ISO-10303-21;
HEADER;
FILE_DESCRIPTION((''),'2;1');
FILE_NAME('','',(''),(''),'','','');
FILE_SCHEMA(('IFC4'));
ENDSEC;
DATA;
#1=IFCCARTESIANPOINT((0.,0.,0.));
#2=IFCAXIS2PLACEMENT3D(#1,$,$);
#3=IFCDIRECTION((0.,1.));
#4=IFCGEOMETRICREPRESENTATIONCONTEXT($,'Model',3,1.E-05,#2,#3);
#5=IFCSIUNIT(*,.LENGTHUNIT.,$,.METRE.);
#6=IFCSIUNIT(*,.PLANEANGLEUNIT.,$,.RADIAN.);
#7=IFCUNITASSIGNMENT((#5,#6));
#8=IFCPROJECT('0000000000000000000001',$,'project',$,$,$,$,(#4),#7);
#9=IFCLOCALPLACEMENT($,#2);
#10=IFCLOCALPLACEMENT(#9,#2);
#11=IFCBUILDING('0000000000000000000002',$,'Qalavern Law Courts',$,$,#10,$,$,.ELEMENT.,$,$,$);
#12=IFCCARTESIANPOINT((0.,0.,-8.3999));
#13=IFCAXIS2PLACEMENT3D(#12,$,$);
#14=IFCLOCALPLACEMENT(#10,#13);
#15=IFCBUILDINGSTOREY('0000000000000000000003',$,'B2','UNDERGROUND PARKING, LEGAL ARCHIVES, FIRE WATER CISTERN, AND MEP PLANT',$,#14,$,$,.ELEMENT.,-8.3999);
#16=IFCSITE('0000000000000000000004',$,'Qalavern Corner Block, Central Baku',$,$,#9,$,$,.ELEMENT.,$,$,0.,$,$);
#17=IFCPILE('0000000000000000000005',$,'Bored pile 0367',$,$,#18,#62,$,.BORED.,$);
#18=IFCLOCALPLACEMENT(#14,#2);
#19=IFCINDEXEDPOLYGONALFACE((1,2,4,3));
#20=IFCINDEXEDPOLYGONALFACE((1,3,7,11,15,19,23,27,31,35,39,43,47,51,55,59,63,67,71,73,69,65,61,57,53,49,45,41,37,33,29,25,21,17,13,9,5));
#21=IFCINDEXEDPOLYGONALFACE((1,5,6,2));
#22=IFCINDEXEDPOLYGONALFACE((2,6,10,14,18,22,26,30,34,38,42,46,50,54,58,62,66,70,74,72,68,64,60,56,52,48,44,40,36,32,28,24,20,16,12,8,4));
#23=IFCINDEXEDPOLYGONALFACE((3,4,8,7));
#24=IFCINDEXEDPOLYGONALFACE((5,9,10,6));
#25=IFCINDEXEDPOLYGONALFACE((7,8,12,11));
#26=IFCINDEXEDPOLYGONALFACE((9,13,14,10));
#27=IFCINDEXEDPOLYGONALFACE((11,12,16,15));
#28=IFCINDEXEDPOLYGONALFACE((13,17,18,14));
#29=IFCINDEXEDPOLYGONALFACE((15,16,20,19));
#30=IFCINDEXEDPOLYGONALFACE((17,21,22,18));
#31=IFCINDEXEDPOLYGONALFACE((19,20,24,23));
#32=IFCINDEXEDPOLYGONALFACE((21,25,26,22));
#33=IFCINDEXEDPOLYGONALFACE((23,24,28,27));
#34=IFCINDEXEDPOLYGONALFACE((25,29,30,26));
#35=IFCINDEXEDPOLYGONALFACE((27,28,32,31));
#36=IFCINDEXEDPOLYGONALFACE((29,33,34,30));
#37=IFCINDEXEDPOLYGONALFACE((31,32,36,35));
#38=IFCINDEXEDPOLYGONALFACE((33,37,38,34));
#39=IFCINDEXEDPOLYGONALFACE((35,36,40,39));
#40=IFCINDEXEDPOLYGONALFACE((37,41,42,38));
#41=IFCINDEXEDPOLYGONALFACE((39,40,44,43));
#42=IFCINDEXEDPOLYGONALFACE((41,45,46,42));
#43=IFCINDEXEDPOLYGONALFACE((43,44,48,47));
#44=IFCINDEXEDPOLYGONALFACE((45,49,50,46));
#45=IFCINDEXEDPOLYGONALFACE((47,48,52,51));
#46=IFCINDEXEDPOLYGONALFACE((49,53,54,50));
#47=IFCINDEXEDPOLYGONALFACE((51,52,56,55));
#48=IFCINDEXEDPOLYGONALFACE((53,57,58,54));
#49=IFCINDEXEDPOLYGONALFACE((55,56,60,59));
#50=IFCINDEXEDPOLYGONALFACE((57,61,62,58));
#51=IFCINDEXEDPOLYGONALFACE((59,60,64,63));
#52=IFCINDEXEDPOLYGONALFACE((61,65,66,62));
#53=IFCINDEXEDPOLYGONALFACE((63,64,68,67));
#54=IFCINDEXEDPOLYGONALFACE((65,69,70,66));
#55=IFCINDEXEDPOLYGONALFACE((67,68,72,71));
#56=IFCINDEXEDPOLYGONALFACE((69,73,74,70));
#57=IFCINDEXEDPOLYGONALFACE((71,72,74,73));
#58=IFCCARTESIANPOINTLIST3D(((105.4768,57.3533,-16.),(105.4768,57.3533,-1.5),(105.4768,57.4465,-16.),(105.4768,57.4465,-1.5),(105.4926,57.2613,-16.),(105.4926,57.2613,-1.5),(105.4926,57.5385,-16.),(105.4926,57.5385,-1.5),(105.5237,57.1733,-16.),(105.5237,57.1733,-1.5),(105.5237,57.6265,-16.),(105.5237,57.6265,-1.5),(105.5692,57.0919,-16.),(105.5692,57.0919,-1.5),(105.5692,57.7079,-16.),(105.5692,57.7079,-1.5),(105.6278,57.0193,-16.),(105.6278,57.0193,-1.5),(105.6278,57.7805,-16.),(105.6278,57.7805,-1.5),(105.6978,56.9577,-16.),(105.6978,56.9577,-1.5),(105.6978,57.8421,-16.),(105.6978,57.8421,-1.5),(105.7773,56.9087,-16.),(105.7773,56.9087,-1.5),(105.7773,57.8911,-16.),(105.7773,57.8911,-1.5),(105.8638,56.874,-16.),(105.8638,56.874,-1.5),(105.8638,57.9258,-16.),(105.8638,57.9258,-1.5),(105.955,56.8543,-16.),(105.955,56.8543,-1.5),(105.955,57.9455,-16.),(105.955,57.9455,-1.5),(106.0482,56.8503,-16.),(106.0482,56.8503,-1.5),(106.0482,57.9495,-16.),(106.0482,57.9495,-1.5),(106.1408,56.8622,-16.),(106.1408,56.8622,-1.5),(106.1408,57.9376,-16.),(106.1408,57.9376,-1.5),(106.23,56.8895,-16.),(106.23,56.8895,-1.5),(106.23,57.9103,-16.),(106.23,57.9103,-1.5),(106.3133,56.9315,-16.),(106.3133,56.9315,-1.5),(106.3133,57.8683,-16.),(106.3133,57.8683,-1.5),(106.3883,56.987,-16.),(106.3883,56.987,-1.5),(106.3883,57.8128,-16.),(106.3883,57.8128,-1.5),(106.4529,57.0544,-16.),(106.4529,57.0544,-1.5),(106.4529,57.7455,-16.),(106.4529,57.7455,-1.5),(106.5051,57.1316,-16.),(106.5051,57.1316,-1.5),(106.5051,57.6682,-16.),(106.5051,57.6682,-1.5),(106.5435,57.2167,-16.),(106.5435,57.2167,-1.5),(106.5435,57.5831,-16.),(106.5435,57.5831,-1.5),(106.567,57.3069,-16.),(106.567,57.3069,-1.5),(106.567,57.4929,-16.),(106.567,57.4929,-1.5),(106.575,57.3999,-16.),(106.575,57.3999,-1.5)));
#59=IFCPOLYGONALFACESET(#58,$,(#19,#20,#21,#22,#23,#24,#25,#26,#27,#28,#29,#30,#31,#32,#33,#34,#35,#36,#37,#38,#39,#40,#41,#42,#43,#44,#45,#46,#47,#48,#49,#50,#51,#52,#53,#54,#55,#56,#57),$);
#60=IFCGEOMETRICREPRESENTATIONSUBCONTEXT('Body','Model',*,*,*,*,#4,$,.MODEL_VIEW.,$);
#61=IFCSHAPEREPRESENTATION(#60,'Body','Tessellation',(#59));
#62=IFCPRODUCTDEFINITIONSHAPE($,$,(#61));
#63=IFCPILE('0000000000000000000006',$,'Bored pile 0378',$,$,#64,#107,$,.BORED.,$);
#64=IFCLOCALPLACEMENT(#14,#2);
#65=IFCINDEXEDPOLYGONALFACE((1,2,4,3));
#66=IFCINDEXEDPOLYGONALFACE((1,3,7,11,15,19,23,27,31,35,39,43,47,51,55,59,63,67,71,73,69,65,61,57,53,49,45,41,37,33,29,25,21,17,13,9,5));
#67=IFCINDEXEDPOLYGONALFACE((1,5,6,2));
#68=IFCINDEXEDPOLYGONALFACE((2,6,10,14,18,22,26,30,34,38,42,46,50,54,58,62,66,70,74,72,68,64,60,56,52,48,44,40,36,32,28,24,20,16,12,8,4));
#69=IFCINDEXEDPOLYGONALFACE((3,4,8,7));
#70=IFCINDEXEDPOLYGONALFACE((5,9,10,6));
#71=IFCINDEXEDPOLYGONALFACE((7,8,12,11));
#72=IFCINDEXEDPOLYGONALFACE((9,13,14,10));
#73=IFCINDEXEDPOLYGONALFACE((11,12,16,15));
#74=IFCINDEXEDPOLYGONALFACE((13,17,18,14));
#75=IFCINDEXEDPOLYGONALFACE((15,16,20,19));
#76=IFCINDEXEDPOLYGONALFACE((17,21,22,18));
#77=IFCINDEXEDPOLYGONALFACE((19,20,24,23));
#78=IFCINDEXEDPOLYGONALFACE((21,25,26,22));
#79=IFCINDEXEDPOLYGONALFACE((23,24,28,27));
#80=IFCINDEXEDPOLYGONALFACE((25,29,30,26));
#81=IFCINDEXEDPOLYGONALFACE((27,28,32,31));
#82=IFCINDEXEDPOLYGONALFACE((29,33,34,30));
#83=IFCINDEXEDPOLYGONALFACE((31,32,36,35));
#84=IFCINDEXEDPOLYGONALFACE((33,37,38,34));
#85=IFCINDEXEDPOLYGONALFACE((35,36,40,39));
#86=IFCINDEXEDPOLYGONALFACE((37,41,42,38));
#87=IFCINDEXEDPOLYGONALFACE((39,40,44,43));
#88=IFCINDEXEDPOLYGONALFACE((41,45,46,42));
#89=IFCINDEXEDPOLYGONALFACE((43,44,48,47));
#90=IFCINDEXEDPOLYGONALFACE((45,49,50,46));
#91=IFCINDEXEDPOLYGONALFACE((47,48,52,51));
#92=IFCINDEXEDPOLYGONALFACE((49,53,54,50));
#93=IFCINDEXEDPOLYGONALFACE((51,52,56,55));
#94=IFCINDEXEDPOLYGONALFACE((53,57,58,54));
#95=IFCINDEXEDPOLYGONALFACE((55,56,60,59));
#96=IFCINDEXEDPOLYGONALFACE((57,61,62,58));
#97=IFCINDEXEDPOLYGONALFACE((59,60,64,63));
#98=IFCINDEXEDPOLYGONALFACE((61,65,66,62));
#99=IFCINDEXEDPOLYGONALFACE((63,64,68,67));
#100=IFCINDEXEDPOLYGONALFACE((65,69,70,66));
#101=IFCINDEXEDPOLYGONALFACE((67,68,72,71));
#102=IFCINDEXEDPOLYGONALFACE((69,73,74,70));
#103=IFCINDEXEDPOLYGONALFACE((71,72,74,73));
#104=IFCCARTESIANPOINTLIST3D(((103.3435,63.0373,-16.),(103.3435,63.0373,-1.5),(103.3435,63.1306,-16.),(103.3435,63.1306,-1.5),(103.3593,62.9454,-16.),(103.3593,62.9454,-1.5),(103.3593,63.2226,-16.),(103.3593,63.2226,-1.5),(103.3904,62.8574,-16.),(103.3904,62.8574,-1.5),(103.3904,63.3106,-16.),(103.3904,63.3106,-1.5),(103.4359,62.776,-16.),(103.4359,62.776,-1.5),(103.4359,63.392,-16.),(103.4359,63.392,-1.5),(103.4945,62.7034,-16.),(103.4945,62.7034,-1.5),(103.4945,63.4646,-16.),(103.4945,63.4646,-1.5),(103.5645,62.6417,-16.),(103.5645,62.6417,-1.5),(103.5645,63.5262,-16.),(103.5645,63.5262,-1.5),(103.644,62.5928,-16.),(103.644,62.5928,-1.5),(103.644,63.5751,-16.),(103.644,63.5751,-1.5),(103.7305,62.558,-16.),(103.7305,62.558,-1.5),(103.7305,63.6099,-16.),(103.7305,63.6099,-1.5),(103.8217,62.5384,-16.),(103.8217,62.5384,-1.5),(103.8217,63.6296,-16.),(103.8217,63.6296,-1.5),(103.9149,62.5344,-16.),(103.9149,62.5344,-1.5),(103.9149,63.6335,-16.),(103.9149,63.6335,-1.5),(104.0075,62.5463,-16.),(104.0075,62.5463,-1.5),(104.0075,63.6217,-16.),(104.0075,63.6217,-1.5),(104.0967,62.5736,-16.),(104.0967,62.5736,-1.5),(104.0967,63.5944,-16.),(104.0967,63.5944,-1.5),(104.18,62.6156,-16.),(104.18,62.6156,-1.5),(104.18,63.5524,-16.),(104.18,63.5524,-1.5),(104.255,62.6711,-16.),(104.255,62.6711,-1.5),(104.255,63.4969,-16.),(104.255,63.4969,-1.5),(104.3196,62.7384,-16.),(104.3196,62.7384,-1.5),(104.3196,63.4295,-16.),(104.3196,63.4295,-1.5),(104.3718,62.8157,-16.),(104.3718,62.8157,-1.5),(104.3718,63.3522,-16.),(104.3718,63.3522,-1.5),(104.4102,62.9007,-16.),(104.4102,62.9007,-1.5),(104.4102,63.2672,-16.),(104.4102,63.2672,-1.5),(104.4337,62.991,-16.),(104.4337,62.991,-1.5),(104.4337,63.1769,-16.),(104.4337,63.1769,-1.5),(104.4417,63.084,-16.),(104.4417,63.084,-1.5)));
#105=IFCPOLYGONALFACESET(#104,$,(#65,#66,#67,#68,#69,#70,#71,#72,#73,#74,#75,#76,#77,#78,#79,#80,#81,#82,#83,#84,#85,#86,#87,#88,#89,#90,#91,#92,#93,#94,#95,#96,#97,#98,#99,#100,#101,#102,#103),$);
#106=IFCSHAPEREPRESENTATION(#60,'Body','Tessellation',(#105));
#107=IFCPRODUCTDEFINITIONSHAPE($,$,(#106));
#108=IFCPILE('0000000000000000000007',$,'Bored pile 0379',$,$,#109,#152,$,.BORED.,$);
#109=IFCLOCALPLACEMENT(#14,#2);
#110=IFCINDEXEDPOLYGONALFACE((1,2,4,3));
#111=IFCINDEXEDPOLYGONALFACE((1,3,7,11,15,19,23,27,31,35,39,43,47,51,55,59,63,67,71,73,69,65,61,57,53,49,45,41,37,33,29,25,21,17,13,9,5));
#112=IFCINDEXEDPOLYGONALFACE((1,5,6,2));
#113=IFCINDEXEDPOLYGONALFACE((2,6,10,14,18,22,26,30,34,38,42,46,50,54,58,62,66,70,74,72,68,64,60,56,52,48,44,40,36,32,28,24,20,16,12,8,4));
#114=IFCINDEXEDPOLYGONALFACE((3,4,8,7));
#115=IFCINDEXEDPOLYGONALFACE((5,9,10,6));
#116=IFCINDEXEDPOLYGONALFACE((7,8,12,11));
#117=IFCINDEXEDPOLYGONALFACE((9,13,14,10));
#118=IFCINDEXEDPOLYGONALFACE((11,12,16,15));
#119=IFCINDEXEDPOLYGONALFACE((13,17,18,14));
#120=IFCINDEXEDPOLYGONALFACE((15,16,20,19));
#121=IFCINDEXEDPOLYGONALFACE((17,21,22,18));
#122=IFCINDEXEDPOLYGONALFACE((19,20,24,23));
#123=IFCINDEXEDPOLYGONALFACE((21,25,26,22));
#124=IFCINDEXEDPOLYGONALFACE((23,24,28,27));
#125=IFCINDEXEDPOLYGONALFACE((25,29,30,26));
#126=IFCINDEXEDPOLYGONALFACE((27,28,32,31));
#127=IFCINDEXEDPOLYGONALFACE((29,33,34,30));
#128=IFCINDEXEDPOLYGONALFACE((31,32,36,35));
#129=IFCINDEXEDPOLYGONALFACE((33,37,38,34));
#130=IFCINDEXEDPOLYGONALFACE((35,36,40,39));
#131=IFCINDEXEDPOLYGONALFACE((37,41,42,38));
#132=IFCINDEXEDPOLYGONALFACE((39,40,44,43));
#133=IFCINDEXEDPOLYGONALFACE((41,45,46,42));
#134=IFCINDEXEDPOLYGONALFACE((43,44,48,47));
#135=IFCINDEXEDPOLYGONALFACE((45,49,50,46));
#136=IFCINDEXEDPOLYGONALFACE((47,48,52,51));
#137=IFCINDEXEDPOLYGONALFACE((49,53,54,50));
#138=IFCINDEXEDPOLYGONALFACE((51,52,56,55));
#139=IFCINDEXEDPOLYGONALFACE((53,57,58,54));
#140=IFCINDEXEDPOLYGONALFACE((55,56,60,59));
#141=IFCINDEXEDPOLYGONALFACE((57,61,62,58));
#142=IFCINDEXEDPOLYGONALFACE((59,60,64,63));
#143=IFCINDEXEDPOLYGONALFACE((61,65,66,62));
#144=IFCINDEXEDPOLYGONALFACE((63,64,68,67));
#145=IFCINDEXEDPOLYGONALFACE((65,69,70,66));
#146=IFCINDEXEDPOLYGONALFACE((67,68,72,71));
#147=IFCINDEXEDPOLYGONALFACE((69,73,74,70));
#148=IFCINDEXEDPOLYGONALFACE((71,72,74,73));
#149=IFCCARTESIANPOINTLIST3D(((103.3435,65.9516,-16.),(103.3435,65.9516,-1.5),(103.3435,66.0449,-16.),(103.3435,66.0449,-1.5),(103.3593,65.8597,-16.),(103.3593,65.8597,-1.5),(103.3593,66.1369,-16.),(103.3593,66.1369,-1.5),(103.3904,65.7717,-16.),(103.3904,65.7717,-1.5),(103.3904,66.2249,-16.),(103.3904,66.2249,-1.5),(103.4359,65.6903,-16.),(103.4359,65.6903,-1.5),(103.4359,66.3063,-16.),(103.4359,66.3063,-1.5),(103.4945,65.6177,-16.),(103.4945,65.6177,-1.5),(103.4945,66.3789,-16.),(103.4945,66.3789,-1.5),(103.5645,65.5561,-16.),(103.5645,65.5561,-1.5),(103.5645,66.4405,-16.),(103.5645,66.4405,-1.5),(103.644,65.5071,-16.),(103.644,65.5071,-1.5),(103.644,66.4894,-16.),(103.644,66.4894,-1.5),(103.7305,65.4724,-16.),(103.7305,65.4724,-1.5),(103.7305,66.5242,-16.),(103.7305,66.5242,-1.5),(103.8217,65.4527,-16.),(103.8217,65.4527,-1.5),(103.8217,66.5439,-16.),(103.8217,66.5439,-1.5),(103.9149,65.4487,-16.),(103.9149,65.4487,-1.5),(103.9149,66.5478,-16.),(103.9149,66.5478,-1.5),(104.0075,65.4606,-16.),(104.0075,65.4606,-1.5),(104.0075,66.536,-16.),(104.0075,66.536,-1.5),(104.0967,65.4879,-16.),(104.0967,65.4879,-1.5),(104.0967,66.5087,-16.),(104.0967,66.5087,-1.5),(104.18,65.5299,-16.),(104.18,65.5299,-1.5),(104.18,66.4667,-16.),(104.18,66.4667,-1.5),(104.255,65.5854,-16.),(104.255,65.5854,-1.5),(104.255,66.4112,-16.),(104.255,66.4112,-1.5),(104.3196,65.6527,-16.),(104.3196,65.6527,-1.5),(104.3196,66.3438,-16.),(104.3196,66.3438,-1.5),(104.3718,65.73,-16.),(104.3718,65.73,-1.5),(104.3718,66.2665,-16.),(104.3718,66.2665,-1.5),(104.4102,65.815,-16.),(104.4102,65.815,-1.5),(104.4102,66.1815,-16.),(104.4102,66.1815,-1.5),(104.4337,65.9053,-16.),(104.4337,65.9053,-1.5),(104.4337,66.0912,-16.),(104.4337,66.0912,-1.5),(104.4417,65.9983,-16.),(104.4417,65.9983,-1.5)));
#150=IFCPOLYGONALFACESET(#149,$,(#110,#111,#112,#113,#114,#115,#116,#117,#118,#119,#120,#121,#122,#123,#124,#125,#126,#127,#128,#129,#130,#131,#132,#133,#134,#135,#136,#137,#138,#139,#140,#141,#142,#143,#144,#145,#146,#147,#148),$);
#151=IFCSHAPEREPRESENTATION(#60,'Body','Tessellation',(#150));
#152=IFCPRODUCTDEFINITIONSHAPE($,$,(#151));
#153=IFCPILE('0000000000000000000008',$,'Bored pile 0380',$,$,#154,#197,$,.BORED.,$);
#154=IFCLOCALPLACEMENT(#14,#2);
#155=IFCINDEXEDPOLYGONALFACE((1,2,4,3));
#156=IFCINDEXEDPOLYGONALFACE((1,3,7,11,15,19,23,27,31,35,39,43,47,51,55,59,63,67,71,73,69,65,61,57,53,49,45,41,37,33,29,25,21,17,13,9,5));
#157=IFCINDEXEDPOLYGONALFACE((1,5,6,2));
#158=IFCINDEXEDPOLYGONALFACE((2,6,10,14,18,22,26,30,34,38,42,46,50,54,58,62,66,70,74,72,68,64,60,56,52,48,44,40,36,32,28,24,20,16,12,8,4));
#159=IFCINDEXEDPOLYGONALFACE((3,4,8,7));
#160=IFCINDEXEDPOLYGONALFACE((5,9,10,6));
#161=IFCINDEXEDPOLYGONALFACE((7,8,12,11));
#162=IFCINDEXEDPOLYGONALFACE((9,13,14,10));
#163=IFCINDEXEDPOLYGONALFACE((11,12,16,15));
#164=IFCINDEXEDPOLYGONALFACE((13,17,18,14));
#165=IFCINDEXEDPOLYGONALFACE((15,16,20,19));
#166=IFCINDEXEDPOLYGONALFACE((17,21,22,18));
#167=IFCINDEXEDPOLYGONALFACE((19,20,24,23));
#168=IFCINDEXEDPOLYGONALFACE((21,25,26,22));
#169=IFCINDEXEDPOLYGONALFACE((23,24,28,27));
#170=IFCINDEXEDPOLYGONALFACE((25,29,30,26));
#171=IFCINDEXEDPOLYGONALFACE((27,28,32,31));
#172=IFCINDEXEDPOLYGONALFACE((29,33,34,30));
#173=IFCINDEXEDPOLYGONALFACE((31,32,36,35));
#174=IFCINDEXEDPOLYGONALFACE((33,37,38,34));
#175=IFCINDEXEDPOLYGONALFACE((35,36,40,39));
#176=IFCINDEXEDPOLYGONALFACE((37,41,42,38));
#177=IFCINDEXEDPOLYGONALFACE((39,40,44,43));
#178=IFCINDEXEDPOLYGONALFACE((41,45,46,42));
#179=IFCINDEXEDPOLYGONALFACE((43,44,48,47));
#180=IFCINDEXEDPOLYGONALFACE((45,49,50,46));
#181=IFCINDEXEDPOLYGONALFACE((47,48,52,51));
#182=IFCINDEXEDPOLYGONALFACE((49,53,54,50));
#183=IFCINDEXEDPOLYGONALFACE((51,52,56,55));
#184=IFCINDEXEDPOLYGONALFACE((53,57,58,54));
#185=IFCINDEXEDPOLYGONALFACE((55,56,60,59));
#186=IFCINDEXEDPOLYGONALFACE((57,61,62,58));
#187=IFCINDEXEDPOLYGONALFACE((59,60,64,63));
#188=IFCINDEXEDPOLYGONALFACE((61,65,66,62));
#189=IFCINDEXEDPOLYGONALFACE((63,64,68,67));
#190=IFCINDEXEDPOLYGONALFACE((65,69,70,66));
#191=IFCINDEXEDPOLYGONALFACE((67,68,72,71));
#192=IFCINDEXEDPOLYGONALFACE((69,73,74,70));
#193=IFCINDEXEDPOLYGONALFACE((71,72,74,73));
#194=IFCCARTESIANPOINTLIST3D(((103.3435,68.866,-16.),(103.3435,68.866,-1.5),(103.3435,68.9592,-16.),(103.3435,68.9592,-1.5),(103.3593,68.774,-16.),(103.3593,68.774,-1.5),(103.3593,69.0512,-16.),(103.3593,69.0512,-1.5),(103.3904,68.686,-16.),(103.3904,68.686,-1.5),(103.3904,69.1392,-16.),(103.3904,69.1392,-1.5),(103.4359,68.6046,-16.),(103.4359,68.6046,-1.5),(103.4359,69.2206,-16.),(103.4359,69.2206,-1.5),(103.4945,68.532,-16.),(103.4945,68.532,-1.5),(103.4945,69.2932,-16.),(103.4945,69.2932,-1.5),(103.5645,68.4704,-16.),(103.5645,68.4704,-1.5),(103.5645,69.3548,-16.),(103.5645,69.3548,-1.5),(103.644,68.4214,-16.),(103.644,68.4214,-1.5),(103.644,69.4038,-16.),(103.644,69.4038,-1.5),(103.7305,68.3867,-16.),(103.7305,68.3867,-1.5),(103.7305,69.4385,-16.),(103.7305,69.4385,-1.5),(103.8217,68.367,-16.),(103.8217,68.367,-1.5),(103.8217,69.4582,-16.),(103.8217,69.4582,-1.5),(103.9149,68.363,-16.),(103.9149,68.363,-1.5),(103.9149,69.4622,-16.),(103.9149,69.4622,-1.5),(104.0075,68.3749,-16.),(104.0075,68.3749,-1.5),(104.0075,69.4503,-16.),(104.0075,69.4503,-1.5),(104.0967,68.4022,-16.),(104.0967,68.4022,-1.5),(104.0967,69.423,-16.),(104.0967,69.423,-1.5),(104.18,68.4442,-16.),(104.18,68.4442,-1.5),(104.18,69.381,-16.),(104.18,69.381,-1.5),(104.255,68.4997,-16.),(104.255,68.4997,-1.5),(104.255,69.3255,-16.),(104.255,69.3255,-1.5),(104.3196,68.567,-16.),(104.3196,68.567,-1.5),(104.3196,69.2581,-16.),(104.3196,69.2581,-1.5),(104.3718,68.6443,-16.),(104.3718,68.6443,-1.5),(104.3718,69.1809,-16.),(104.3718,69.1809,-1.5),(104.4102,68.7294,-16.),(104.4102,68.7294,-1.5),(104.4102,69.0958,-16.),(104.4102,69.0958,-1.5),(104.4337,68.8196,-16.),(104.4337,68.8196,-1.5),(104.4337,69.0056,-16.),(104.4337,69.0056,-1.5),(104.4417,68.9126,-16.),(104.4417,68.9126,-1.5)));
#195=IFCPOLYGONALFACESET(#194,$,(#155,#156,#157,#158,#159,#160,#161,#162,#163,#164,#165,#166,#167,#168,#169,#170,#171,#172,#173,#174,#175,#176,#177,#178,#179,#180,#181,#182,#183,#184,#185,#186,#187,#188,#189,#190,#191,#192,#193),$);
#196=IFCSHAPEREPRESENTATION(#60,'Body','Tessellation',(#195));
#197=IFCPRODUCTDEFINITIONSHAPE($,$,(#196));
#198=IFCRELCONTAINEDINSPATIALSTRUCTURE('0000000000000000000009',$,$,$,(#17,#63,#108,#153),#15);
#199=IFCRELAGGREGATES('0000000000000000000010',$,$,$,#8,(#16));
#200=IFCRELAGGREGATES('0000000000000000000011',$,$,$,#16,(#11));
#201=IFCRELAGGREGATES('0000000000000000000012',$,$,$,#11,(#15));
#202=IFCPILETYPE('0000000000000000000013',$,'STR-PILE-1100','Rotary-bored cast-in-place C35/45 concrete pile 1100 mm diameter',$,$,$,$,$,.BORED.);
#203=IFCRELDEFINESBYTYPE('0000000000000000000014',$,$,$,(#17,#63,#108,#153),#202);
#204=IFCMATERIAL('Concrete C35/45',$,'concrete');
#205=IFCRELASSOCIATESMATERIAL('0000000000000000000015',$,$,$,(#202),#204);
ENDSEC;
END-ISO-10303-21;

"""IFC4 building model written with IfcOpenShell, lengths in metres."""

from ifc_helpers import new_model, si_unit, direction, frame, origin, origin_2d, place, context, subcontext, project, spatial, circle, extrude, material, material_profile, profile_set, type_object, element, save


model = new_model("IFC4")

# Units and contexts
model_context = context("Model", 3, precision=1e-05, world=origin(), true_north=direction((0.0, 1.0)))
body_context = subcontext(model_context, "Body", "Model", "MODEL_VIEW")
ifc_project = project(units=[si_unit("LENGTHUNIT", "METRE"), si_unit("PLANEANGLEUNIT", "RADIAN")], contexts=[model_context])

# Site, building, storey
site_placement = place(None, origin())
site = spatial("IfcSite", under=ifc_project, at=site_placement, Name="Qalavern Corner Block, Central Baku", CompositionType="ELEMENT", RefElevation=0.0)
building_placement = place(site_placement, origin())
building = spatial("IfcBuilding", under=site, at=building_placement, Name="Qalavern Law Courts", CompositionType="ELEMENT")
storey_placement = place(building_placement, frame((0.0, 0.0, -8.3999)))
storey = spatial("IfcBuildingStorey", under=building, at=storey_placement, Name="B2", Description="UNDERGROUND PARKING, LEGAL ARCHIVES, FIRE WATER CISTERN, AND MEP PLANT", CompositionType="ELEMENT", Elevation=-8.3999)

# Shared definitions
ifc_material_1 = material(Name="Concrete C35/45", Category="concrete")

# Piles
ifc_material_profile_1 = material_profile(ifc_material_1, circle(Radius=0.55, at=origin_2d()), Name="BORED PILE 1100")
ifc_profile_set_1 = profile_set([ifc_material_profile_1], Name="Concrete C35/45")
pile_type_1 = type_object("IfcPileType", Name="STR-PILE-1100", Description="Rotary-bored cast-in-place C35/45 concrete pile 1100 mm diameter", PredefinedType="BORED", material=ifc_profile_set_1)
for number, where, z_axis, x_axis, name in (
    (1, (106.0249, 57.3999, -1.5), (0.0, 0.0, -1.0), (1.0, 0.0, 0.0), "Bored pile 0367"),
    (2, (103.8916, 63.084, -1.5), (0.0, 0.0, -1.0), (1.0, 0.0, 0.0), "Bored pile 0378"),
    (3, (103.8916, 65.9983, -1.5), (0.0, 0.0, -1.0), (1.0, 0.0, 0.0), "Bored pile 0379"),
    (4, (103.8916, 68.9126, -1.5), (0.0, 0.0, -1.0), (1.0, 0.0, 0.0), "Bored pile 0380"),
):
    element("IfcPile", number, at=place(storey_placement, frame(where, z_axis=z_axis, x_axis=x_axis)), inside=storey, type_object=pile_type_1, Name=name, PredefinedType="BORED", context=body_context, shape_type="SweptSolid", body=[
        extrude(circle(Radius=0.55, at=origin_2d()), origin(), (0.0, 0.0, 1.0), 14.5),
    ])

save(model, "model.ifc")
